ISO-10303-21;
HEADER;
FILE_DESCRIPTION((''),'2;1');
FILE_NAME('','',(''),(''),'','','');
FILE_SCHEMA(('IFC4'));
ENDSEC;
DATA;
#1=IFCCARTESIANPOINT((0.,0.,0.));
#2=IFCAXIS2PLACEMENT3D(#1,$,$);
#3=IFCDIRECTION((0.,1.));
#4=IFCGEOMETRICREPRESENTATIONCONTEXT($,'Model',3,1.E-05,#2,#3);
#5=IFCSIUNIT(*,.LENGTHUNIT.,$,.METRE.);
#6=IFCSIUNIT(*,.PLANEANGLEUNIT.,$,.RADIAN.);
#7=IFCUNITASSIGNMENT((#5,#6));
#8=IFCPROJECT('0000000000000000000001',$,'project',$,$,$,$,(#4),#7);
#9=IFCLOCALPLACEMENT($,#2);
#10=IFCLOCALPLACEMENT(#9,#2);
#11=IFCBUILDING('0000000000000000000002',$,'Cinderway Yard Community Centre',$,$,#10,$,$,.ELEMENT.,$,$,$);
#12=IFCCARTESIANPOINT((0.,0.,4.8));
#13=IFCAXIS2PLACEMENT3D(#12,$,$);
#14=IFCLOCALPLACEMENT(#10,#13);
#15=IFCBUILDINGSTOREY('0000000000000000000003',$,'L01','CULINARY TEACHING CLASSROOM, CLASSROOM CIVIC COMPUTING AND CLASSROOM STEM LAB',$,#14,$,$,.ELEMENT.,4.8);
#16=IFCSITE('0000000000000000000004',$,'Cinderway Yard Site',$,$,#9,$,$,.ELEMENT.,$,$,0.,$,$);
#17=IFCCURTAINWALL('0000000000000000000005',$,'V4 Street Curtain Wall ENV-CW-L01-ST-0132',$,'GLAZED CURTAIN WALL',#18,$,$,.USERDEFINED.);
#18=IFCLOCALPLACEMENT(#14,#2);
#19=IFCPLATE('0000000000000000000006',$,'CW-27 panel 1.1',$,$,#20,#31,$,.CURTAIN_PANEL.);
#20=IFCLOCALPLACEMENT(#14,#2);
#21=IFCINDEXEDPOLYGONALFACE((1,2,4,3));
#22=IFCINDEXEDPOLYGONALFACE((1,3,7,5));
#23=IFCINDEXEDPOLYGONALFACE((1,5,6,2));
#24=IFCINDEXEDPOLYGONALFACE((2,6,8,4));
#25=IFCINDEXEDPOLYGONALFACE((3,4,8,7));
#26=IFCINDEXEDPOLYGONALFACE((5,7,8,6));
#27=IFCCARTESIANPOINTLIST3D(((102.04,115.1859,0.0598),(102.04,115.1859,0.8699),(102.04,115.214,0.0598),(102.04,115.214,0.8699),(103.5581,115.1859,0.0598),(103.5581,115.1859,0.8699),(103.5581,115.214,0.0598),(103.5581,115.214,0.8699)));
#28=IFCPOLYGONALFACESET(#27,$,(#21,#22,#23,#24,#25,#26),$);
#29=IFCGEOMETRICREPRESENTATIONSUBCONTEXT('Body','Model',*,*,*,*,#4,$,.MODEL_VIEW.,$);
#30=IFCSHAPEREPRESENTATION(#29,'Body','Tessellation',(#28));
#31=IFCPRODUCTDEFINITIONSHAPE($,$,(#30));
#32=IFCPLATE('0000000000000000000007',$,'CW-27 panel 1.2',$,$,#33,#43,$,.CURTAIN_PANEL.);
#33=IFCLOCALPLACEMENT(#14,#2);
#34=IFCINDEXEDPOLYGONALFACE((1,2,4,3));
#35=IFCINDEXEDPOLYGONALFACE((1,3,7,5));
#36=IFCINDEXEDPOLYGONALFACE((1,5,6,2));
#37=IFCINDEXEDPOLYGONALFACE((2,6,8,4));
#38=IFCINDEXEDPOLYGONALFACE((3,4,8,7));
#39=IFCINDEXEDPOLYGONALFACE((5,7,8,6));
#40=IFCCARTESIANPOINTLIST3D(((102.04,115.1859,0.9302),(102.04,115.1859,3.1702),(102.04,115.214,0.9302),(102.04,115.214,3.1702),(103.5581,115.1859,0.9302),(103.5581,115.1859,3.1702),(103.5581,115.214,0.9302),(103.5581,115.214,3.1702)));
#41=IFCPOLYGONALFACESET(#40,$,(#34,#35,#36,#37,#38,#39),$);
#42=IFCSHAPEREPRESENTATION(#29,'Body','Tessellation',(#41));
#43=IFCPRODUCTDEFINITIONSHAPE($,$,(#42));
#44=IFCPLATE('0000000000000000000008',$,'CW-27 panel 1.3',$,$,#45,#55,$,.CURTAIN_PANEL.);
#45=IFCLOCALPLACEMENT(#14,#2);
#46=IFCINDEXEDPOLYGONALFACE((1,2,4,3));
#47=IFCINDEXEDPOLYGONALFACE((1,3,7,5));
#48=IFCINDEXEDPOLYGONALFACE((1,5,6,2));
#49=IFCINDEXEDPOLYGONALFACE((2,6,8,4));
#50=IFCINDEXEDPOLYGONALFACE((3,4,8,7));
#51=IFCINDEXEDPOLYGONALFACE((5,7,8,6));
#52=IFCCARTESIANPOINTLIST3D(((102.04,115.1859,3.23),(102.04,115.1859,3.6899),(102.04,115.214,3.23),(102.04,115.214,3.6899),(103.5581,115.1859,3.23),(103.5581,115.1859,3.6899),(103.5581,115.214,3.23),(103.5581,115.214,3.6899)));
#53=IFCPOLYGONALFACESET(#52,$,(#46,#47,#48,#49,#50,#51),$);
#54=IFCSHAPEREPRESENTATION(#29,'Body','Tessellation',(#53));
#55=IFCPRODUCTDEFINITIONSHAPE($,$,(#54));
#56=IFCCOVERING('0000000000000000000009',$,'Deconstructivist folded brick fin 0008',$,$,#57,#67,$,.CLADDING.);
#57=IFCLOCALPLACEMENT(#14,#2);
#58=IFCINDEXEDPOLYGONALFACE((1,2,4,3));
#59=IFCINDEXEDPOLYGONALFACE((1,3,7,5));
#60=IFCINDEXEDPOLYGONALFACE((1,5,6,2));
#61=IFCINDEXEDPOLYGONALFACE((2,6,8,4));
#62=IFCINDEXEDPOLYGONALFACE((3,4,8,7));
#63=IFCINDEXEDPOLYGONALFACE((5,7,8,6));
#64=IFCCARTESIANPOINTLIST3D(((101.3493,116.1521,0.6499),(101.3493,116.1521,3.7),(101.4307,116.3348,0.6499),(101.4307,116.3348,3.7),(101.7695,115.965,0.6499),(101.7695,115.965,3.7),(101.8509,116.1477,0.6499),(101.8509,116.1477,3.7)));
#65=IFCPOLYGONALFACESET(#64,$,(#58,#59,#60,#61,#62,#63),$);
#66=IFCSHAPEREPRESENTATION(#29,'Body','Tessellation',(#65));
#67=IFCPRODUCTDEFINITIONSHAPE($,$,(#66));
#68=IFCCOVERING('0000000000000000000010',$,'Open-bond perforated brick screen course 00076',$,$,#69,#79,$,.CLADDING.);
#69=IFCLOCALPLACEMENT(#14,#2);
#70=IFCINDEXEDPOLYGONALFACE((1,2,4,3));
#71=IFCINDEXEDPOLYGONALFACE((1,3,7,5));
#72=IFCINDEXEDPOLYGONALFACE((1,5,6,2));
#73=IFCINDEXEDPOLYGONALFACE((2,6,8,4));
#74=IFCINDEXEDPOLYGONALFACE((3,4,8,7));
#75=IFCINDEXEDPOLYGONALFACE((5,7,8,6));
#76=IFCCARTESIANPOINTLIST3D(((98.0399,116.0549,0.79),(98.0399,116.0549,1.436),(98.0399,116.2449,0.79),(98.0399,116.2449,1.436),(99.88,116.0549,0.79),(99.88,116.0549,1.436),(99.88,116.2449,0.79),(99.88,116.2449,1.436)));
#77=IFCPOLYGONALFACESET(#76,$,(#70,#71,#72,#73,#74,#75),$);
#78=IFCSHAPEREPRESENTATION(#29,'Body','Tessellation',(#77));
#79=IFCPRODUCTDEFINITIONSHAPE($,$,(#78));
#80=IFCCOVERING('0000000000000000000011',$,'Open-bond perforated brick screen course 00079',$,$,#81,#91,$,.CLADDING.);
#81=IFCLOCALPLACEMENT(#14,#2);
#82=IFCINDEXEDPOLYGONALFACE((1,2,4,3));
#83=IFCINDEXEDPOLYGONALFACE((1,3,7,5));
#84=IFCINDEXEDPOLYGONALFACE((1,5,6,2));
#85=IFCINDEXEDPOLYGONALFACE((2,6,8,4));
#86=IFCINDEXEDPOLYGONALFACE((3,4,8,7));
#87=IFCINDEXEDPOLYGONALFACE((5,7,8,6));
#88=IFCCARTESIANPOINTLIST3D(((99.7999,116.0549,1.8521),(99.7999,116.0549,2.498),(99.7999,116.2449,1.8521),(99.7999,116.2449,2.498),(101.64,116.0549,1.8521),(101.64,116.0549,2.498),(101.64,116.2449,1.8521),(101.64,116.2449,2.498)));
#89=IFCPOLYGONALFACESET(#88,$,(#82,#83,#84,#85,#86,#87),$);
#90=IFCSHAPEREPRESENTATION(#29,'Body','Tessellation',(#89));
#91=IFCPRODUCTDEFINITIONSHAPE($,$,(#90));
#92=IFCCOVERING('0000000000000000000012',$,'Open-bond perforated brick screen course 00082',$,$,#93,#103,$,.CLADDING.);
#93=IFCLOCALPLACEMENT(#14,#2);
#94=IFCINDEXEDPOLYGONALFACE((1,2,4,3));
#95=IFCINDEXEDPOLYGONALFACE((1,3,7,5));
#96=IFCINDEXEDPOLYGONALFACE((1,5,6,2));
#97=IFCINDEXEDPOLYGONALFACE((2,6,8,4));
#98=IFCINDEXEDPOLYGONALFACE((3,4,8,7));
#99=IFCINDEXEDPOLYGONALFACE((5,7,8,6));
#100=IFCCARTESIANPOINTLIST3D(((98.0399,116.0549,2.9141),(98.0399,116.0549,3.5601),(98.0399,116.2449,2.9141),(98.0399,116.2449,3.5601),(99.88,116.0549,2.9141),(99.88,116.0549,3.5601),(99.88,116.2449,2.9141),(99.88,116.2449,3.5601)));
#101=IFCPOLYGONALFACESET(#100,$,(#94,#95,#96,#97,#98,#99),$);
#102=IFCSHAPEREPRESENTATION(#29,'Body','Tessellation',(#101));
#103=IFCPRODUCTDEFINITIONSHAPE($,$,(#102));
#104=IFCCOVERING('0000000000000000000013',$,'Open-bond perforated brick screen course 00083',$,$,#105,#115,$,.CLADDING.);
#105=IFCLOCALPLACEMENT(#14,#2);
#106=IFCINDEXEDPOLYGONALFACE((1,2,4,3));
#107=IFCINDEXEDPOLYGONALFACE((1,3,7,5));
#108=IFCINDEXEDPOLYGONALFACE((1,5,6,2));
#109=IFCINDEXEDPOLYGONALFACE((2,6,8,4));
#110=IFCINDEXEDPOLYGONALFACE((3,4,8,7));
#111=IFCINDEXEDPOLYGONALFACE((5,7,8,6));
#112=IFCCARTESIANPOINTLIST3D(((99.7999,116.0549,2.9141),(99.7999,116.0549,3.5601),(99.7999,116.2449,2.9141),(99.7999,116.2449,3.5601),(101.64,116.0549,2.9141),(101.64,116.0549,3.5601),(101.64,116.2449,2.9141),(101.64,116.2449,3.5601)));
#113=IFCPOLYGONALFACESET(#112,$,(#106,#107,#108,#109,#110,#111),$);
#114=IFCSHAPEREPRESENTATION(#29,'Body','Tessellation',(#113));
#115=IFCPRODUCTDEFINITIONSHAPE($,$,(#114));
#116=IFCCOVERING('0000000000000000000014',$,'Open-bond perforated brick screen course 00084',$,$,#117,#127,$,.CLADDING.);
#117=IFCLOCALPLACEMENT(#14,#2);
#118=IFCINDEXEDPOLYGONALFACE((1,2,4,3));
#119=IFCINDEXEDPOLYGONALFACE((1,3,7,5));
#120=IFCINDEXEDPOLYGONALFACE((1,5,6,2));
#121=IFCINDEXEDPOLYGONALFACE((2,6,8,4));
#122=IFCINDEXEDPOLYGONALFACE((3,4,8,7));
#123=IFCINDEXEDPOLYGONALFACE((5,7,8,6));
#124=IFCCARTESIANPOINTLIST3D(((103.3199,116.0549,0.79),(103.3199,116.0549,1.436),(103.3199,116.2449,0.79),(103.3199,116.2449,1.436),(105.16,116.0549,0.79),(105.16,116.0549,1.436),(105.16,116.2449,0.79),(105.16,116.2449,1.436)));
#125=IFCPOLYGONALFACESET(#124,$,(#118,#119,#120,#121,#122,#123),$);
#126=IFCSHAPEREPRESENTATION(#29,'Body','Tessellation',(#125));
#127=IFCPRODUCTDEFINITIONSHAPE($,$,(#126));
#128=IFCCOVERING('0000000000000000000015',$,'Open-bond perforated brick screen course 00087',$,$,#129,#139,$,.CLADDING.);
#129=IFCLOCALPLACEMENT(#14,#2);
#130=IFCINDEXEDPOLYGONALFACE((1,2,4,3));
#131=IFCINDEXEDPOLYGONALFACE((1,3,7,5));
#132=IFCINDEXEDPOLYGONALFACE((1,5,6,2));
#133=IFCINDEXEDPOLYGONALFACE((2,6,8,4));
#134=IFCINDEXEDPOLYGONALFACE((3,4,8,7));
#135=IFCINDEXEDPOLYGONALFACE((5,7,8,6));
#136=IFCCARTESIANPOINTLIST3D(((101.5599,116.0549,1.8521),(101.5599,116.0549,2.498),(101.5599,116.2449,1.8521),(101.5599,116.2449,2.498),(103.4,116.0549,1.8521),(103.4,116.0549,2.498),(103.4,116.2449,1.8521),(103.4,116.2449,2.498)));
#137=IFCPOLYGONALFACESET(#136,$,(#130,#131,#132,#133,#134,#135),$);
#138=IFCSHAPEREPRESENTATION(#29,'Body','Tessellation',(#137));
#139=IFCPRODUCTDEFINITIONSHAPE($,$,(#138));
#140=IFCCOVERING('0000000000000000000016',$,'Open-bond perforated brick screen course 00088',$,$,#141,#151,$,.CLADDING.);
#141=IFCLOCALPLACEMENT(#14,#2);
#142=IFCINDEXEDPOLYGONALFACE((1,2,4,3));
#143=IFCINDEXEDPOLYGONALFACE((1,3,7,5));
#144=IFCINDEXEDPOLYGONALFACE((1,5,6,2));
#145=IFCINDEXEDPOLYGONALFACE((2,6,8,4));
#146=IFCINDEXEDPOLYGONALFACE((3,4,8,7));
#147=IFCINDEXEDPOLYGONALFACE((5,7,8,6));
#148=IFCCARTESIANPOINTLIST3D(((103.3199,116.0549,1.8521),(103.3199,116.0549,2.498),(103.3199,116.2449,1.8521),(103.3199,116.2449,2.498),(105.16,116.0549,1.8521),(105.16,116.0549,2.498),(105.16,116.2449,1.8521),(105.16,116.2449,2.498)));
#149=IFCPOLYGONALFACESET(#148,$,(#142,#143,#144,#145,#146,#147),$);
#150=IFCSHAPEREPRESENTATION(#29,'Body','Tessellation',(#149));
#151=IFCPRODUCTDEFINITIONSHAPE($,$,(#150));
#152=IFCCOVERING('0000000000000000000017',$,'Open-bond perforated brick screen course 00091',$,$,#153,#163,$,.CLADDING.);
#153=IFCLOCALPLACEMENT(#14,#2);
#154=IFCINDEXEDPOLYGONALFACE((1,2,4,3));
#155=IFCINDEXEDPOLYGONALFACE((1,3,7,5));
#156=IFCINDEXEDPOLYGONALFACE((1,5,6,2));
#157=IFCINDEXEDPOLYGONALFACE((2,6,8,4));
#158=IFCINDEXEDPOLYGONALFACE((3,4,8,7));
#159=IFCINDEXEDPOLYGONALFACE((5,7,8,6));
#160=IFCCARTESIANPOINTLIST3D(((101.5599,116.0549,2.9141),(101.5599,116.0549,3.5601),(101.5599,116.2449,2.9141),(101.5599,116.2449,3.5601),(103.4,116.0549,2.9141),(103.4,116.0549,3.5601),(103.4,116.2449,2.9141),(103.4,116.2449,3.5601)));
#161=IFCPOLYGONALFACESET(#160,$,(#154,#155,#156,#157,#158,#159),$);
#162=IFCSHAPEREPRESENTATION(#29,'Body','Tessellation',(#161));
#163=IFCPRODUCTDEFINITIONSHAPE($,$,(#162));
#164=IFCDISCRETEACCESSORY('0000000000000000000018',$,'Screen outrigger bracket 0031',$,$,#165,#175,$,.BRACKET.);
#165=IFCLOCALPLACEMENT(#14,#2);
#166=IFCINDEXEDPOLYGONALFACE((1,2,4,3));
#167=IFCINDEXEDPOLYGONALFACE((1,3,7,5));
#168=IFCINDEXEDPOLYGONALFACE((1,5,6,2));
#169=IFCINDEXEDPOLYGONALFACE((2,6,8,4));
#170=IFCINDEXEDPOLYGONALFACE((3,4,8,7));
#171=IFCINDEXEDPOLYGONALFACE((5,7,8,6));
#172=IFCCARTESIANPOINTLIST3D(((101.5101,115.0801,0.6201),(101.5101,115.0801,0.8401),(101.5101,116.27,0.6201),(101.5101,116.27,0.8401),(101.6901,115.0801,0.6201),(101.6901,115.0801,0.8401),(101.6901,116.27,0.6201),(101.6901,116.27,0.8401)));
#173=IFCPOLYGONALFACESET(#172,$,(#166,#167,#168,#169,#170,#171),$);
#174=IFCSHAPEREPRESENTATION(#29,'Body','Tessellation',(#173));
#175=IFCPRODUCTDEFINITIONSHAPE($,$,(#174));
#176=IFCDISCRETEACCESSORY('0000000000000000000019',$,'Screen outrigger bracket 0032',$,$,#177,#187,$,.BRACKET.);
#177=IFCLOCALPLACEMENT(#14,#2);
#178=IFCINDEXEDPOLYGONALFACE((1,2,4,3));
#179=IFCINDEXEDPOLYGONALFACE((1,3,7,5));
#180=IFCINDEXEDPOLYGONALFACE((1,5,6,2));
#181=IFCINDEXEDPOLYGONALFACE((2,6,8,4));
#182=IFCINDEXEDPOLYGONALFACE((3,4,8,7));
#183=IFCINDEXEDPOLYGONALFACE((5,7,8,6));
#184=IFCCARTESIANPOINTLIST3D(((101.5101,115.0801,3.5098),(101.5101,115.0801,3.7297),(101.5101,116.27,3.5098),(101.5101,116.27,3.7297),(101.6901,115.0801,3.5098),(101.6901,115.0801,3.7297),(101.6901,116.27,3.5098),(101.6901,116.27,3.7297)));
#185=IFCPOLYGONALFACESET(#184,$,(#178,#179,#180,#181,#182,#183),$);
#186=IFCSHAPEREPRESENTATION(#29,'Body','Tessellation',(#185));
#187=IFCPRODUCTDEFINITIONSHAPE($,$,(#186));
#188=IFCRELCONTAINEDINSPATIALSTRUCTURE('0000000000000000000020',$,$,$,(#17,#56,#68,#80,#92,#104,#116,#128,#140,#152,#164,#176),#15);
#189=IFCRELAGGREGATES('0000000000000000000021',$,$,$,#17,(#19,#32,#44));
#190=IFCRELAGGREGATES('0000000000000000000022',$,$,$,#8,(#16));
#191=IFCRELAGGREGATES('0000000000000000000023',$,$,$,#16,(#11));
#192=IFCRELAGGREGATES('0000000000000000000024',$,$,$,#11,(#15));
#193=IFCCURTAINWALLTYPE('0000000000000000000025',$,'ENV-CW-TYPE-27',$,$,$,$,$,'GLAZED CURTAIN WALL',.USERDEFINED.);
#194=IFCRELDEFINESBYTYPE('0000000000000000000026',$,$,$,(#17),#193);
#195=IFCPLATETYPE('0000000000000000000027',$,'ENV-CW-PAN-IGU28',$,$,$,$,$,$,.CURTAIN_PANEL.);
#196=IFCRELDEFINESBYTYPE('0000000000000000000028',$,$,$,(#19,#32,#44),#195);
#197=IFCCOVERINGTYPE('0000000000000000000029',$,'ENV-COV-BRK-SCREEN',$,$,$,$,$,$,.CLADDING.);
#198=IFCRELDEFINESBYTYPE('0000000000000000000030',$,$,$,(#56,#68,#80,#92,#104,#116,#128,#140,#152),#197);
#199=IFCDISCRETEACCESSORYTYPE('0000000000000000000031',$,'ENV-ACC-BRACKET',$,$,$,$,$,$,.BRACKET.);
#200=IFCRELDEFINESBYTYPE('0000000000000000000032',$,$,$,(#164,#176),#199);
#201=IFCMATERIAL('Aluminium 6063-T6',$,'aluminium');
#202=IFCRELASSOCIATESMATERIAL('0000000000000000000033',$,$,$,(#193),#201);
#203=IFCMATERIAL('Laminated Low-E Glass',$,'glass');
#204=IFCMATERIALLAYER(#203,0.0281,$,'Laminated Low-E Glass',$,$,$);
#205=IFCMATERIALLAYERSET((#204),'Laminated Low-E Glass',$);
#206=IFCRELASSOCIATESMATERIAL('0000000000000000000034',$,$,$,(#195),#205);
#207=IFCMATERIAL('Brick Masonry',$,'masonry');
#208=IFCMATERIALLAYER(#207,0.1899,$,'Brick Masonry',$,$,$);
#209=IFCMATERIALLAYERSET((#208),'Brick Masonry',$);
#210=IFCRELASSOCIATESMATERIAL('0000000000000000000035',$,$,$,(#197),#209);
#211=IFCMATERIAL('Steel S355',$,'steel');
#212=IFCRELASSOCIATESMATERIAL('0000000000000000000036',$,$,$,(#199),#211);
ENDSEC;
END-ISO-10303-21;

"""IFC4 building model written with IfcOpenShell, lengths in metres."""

from ifc_helpers import new_model, si_unit, direction, frame, origin, origin_2d, place, context, subcontext, project, spatial, rectangle, extrude, material, layer, layer_set, type_object, element, aggregate, save


model = new_model("IFC4")

# Units and contexts
model_context = context("Model", 3, precision=1e-05, world=origin(), true_north=direction((0.0, 1.0)))
body_context = subcontext(model_context, "Body", "Model", "MODEL_VIEW")
ifc_project = project(units=[si_unit("LENGTHUNIT", "METRE"), si_unit("PLANEANGLEUNIT", "RADIAN")], contexts=[model_context])

# Site, building, storey
site_placement = place(None, origin())
site = spatial("IfcSite", under=ifc_project, at=site_placement, Name="Cinderway Yard Site", CompositionType="ELEMENT", RefElevation=0.0)
building_placement = place(site_placement, origin())
building = spatial("IfcBuilding", under=site, at=building_placement, Name="Cinderway Yard Community Centre", CompositionType="ELEMENT")
storey_placement = place(building_placement, frame((0.0, 0.0, 4.8)))
storey = spatial("IfcBuildingStorey", under=building, at=storey_placement, Name="L01", Description="CULINARY TEACHING CLASSROOM, CLASSROOM CIVIC COMPUTING AND CLASSROOM STEM LAB", CompositionType="ELEMENT", Elevation=4.8)

# Curtain wall
ifc_material_1 = material(Name="Aluminium 6063-T6", Category="aluminium")
curtain_wall_type = type_object("IfcCurtainWallType", Name="ENV-CW-TYPE-27", ElementType="GLAZED CURTAIN WALL", PredefinedType="USERDEFINED", material=ifc_material_1)
curtain_wall_placement = place(storey_placement, origin())
curtain_wall = element("IfcCurtainWall", 1, at=curtain_wall_placement, inside=storey, type_object=curtain_wall_type, Name="V4 Street Curtain Wall ENV-CW-L01-ST-0132", ObjectType="GLAZED CURTAIN WALL", PredefinedType="USERDEFINED")

# Shared definitions
ifc_material_2 = material(Name="Steel S355", Category="steel")

# Plates
ifc_material_3 = material(Name="Laminated Low-E Glass", Category="glass")
ifc_layer_1 = layer(ifc_material_3, 0.0281, Name="Laminated Low-E Glass")
ifc_layer_set_1 = layer_set([ifc_layer_1], Name="Laminated Low-E Glass")
plate_type = type_object("IfcPlateType", Name="ENV-CW-PAN-IGU28", PredefinedType="CURTAIN_PANEL", material=ifc_layer_set_1)
plate_1_placement = place(storey_placement, frame((102.7991, 115.2, 0.0598), z_axis=(0.0, 0.0, 1.0), x_axis=(1.0, 0.0, 0.0)))
plate_1 = element("IfcPlate", 2, at=plate_1_placement, type_object=plate_type, Name="CW-27 panel 1.1", PredefinedType="CURTAIN_PANEL", context=body_context, shape_type="SweptSolid", body=[
    extrude(rectangle(XDim=1.5181, YDim=0.0281, at=origin_2d()), origin(), (0.0, 0.0, 1.0), 0.8101),
])
plate_2_placement = place(storey_placement, frame((102.7991, 115.2, 0.9302), z_axis=(0.0, 0.0, 1.0), x_axis=(1.0, 0.0, 0.0)))
plate_2 = element("IfcPlate", 3, at=plate_2_placement, type_object=plate_type, Name="CW-27 panel 1.2", PredefinedType="CURTAIN_PANEL", context=body_context, shape_type="SweptSolid", body=[
    extrude(rectangle(XDim=1.5181, YDim=0.0281, at=origin_2d()), origin(), (0.0, 0.0, 1.0), 2.24),
])
plate_3_placement = place(storey_placement, frame((102.7991, 115.2, 3.23), z_axis=(0.0, 0.0, 1.0), x_axis=(1.0, 0.0, 0.0)))
plate_3 = element("IfcPlate", 4, at=plate_3_placement, type_object=plate_type, Name="CW-27 panel 1.3", PredefinedType="CURTAIN_PANEL", context=body_context, shape_type="SweptSolid", body=[
    extrude(rectangle(XDim=1.5181, YDim=0.0281, at=origin_2d()), origin(), (0.0, 0.0, 1.0), 0.46),
])
aggregate(curtain_wall, [plate_1, plate_2, plate_3])

# Coverings
ifc_material_4 = material(Name="Brick Masonry", Category="masonry")
ifc_layer_2 = layer(ifc_material_4, 0.1899, Name="Brick Masonry")
ifc_layer_set_2 = layer_set([ifc_layer_2], Name="Brick Masonry")
covering_type = type_object("IfcCoveringType", Name="ENV-COV-BRK-SCREEN", PredefinedType="CLADDING", material=ifc_layer_set_2)
covering_placement = place(storey_placement, frame((101.6001, 116.1499, 0.6499), z_axis=(0.0, 0.0, 1.0), x_axis=(0.913545, -0.406737, 0.0)))
element("IfcCovering", 5, at=covering_placement, inside=storey, type_object=covering_type, Name="Deconstructivist folded brick fin 0008", PredefinedType="CLADDING", context=body_context, shape_type="SweptSolid", body=[
    extrude(rectangle(XDim=0.46, YDim=0.2, at=origin_2d()), origin(), (0.0, 0.0, 1.0), 3.05),
])
for number, where, z_axis, x_axis, name in (
    (6, (98.96, 116.1499, 0.79), (0.0, 0.0, 1.0), (1.0, 0.0, 0.0), "Open-bond perforated brick screen course 00076"),
    (7, (100.72, 116.1499, 1.8521), (0.0, 0.0, 1.0), (1.0, 0.0, 0.0), "Open-bond perforated brick screen course 00079"),
    (8, (98.96, 116.1499, 2.9141), (0.0, 0.0, 1.0), (1.0, 0.0, 0.0), "Open-bond perforated brick screen course 00082"),
    (9, (100.72, 116.1499, 2.9141), (0.0, 0.0, 1.0), (1.0, 0.0, 0.0), "Open-bond perforated brick screen course 00083"),
    (10, (104.24, 116.1499, 0.79), (0.0, 0.0, 1.0), (1.0, 0.0, 0.0), "Open-bond perforated brick screen course 00084"),
    (11, (102.48, 116.1499, 1.8521), (0.0, 0.0, 1.0), (1.0, 0.0, 0.0), "Open-bond perforated brick screen course 00087"),
    (12, (104.24, 116.1499, 1.8521), (0.0, 0.0, 1.0), (1.0, 0.0, 0.0), "Open-bond perforated brick screen course 00088"),
    (13, (102.48, 116.1499, 2.9141), (0.0, 0.0, 1.0), (1.0, 0.0, 0.0), "Open-bond perforated brick screen course 00091"),
):
    element("IfcCovering", number, at=place(storey_placement, frame(where, z_axis=z_axis, x_axis=x_axis)), inside=storey, type_object=covering_type, Name=name, PredefinedType="CLADDING", context=body_context, shape_type="SweptSolid", body=[
        extrude(rectangle(XDim=1.8401, YDim=0.1899, at=origin_2d()), origin(), (0.0, 0.0, 1.0), 0.646),
    ])

# Discrete accessories
discrete_accessory_type = type_object("IfcDiscreteAccessoryType", Name="ENV-ACC-BRACKET", PredefinedType="BRACKET", material=ifc_material_2)
for number, where, z_axis, x_axis, name in (
    (14, (101.6001, 115.675, 0.6201), (0.0, 0.0, 1.0), (0.0, 1.0, 0.0), "Screen outrigger bracket 0031"),
    (15, (101.6001, 115.675, 3.5098), (0.0, 0.0, 1.0), (0.0, 1.0, 0.0), "Screen outrigger bracket 0032"),
):
    element("IfcDiscreteAccessory", number, at=place(storey_placement, frame(where, z_axis=z_axis, x_axis=x_axis)), inside=storey, type_object=discrete_accessory_type, Name=name, PredefinedType="BRACKET", context=body_context, shape_type="SweptSolid", body=[
        extrude(rectangle(XDim=1.1899, YDim=0.1799, at=origin_2d()), origin(), (0.0, 0.0, 1.0), 0.22),
    ])

save(model, "model.ifc")
